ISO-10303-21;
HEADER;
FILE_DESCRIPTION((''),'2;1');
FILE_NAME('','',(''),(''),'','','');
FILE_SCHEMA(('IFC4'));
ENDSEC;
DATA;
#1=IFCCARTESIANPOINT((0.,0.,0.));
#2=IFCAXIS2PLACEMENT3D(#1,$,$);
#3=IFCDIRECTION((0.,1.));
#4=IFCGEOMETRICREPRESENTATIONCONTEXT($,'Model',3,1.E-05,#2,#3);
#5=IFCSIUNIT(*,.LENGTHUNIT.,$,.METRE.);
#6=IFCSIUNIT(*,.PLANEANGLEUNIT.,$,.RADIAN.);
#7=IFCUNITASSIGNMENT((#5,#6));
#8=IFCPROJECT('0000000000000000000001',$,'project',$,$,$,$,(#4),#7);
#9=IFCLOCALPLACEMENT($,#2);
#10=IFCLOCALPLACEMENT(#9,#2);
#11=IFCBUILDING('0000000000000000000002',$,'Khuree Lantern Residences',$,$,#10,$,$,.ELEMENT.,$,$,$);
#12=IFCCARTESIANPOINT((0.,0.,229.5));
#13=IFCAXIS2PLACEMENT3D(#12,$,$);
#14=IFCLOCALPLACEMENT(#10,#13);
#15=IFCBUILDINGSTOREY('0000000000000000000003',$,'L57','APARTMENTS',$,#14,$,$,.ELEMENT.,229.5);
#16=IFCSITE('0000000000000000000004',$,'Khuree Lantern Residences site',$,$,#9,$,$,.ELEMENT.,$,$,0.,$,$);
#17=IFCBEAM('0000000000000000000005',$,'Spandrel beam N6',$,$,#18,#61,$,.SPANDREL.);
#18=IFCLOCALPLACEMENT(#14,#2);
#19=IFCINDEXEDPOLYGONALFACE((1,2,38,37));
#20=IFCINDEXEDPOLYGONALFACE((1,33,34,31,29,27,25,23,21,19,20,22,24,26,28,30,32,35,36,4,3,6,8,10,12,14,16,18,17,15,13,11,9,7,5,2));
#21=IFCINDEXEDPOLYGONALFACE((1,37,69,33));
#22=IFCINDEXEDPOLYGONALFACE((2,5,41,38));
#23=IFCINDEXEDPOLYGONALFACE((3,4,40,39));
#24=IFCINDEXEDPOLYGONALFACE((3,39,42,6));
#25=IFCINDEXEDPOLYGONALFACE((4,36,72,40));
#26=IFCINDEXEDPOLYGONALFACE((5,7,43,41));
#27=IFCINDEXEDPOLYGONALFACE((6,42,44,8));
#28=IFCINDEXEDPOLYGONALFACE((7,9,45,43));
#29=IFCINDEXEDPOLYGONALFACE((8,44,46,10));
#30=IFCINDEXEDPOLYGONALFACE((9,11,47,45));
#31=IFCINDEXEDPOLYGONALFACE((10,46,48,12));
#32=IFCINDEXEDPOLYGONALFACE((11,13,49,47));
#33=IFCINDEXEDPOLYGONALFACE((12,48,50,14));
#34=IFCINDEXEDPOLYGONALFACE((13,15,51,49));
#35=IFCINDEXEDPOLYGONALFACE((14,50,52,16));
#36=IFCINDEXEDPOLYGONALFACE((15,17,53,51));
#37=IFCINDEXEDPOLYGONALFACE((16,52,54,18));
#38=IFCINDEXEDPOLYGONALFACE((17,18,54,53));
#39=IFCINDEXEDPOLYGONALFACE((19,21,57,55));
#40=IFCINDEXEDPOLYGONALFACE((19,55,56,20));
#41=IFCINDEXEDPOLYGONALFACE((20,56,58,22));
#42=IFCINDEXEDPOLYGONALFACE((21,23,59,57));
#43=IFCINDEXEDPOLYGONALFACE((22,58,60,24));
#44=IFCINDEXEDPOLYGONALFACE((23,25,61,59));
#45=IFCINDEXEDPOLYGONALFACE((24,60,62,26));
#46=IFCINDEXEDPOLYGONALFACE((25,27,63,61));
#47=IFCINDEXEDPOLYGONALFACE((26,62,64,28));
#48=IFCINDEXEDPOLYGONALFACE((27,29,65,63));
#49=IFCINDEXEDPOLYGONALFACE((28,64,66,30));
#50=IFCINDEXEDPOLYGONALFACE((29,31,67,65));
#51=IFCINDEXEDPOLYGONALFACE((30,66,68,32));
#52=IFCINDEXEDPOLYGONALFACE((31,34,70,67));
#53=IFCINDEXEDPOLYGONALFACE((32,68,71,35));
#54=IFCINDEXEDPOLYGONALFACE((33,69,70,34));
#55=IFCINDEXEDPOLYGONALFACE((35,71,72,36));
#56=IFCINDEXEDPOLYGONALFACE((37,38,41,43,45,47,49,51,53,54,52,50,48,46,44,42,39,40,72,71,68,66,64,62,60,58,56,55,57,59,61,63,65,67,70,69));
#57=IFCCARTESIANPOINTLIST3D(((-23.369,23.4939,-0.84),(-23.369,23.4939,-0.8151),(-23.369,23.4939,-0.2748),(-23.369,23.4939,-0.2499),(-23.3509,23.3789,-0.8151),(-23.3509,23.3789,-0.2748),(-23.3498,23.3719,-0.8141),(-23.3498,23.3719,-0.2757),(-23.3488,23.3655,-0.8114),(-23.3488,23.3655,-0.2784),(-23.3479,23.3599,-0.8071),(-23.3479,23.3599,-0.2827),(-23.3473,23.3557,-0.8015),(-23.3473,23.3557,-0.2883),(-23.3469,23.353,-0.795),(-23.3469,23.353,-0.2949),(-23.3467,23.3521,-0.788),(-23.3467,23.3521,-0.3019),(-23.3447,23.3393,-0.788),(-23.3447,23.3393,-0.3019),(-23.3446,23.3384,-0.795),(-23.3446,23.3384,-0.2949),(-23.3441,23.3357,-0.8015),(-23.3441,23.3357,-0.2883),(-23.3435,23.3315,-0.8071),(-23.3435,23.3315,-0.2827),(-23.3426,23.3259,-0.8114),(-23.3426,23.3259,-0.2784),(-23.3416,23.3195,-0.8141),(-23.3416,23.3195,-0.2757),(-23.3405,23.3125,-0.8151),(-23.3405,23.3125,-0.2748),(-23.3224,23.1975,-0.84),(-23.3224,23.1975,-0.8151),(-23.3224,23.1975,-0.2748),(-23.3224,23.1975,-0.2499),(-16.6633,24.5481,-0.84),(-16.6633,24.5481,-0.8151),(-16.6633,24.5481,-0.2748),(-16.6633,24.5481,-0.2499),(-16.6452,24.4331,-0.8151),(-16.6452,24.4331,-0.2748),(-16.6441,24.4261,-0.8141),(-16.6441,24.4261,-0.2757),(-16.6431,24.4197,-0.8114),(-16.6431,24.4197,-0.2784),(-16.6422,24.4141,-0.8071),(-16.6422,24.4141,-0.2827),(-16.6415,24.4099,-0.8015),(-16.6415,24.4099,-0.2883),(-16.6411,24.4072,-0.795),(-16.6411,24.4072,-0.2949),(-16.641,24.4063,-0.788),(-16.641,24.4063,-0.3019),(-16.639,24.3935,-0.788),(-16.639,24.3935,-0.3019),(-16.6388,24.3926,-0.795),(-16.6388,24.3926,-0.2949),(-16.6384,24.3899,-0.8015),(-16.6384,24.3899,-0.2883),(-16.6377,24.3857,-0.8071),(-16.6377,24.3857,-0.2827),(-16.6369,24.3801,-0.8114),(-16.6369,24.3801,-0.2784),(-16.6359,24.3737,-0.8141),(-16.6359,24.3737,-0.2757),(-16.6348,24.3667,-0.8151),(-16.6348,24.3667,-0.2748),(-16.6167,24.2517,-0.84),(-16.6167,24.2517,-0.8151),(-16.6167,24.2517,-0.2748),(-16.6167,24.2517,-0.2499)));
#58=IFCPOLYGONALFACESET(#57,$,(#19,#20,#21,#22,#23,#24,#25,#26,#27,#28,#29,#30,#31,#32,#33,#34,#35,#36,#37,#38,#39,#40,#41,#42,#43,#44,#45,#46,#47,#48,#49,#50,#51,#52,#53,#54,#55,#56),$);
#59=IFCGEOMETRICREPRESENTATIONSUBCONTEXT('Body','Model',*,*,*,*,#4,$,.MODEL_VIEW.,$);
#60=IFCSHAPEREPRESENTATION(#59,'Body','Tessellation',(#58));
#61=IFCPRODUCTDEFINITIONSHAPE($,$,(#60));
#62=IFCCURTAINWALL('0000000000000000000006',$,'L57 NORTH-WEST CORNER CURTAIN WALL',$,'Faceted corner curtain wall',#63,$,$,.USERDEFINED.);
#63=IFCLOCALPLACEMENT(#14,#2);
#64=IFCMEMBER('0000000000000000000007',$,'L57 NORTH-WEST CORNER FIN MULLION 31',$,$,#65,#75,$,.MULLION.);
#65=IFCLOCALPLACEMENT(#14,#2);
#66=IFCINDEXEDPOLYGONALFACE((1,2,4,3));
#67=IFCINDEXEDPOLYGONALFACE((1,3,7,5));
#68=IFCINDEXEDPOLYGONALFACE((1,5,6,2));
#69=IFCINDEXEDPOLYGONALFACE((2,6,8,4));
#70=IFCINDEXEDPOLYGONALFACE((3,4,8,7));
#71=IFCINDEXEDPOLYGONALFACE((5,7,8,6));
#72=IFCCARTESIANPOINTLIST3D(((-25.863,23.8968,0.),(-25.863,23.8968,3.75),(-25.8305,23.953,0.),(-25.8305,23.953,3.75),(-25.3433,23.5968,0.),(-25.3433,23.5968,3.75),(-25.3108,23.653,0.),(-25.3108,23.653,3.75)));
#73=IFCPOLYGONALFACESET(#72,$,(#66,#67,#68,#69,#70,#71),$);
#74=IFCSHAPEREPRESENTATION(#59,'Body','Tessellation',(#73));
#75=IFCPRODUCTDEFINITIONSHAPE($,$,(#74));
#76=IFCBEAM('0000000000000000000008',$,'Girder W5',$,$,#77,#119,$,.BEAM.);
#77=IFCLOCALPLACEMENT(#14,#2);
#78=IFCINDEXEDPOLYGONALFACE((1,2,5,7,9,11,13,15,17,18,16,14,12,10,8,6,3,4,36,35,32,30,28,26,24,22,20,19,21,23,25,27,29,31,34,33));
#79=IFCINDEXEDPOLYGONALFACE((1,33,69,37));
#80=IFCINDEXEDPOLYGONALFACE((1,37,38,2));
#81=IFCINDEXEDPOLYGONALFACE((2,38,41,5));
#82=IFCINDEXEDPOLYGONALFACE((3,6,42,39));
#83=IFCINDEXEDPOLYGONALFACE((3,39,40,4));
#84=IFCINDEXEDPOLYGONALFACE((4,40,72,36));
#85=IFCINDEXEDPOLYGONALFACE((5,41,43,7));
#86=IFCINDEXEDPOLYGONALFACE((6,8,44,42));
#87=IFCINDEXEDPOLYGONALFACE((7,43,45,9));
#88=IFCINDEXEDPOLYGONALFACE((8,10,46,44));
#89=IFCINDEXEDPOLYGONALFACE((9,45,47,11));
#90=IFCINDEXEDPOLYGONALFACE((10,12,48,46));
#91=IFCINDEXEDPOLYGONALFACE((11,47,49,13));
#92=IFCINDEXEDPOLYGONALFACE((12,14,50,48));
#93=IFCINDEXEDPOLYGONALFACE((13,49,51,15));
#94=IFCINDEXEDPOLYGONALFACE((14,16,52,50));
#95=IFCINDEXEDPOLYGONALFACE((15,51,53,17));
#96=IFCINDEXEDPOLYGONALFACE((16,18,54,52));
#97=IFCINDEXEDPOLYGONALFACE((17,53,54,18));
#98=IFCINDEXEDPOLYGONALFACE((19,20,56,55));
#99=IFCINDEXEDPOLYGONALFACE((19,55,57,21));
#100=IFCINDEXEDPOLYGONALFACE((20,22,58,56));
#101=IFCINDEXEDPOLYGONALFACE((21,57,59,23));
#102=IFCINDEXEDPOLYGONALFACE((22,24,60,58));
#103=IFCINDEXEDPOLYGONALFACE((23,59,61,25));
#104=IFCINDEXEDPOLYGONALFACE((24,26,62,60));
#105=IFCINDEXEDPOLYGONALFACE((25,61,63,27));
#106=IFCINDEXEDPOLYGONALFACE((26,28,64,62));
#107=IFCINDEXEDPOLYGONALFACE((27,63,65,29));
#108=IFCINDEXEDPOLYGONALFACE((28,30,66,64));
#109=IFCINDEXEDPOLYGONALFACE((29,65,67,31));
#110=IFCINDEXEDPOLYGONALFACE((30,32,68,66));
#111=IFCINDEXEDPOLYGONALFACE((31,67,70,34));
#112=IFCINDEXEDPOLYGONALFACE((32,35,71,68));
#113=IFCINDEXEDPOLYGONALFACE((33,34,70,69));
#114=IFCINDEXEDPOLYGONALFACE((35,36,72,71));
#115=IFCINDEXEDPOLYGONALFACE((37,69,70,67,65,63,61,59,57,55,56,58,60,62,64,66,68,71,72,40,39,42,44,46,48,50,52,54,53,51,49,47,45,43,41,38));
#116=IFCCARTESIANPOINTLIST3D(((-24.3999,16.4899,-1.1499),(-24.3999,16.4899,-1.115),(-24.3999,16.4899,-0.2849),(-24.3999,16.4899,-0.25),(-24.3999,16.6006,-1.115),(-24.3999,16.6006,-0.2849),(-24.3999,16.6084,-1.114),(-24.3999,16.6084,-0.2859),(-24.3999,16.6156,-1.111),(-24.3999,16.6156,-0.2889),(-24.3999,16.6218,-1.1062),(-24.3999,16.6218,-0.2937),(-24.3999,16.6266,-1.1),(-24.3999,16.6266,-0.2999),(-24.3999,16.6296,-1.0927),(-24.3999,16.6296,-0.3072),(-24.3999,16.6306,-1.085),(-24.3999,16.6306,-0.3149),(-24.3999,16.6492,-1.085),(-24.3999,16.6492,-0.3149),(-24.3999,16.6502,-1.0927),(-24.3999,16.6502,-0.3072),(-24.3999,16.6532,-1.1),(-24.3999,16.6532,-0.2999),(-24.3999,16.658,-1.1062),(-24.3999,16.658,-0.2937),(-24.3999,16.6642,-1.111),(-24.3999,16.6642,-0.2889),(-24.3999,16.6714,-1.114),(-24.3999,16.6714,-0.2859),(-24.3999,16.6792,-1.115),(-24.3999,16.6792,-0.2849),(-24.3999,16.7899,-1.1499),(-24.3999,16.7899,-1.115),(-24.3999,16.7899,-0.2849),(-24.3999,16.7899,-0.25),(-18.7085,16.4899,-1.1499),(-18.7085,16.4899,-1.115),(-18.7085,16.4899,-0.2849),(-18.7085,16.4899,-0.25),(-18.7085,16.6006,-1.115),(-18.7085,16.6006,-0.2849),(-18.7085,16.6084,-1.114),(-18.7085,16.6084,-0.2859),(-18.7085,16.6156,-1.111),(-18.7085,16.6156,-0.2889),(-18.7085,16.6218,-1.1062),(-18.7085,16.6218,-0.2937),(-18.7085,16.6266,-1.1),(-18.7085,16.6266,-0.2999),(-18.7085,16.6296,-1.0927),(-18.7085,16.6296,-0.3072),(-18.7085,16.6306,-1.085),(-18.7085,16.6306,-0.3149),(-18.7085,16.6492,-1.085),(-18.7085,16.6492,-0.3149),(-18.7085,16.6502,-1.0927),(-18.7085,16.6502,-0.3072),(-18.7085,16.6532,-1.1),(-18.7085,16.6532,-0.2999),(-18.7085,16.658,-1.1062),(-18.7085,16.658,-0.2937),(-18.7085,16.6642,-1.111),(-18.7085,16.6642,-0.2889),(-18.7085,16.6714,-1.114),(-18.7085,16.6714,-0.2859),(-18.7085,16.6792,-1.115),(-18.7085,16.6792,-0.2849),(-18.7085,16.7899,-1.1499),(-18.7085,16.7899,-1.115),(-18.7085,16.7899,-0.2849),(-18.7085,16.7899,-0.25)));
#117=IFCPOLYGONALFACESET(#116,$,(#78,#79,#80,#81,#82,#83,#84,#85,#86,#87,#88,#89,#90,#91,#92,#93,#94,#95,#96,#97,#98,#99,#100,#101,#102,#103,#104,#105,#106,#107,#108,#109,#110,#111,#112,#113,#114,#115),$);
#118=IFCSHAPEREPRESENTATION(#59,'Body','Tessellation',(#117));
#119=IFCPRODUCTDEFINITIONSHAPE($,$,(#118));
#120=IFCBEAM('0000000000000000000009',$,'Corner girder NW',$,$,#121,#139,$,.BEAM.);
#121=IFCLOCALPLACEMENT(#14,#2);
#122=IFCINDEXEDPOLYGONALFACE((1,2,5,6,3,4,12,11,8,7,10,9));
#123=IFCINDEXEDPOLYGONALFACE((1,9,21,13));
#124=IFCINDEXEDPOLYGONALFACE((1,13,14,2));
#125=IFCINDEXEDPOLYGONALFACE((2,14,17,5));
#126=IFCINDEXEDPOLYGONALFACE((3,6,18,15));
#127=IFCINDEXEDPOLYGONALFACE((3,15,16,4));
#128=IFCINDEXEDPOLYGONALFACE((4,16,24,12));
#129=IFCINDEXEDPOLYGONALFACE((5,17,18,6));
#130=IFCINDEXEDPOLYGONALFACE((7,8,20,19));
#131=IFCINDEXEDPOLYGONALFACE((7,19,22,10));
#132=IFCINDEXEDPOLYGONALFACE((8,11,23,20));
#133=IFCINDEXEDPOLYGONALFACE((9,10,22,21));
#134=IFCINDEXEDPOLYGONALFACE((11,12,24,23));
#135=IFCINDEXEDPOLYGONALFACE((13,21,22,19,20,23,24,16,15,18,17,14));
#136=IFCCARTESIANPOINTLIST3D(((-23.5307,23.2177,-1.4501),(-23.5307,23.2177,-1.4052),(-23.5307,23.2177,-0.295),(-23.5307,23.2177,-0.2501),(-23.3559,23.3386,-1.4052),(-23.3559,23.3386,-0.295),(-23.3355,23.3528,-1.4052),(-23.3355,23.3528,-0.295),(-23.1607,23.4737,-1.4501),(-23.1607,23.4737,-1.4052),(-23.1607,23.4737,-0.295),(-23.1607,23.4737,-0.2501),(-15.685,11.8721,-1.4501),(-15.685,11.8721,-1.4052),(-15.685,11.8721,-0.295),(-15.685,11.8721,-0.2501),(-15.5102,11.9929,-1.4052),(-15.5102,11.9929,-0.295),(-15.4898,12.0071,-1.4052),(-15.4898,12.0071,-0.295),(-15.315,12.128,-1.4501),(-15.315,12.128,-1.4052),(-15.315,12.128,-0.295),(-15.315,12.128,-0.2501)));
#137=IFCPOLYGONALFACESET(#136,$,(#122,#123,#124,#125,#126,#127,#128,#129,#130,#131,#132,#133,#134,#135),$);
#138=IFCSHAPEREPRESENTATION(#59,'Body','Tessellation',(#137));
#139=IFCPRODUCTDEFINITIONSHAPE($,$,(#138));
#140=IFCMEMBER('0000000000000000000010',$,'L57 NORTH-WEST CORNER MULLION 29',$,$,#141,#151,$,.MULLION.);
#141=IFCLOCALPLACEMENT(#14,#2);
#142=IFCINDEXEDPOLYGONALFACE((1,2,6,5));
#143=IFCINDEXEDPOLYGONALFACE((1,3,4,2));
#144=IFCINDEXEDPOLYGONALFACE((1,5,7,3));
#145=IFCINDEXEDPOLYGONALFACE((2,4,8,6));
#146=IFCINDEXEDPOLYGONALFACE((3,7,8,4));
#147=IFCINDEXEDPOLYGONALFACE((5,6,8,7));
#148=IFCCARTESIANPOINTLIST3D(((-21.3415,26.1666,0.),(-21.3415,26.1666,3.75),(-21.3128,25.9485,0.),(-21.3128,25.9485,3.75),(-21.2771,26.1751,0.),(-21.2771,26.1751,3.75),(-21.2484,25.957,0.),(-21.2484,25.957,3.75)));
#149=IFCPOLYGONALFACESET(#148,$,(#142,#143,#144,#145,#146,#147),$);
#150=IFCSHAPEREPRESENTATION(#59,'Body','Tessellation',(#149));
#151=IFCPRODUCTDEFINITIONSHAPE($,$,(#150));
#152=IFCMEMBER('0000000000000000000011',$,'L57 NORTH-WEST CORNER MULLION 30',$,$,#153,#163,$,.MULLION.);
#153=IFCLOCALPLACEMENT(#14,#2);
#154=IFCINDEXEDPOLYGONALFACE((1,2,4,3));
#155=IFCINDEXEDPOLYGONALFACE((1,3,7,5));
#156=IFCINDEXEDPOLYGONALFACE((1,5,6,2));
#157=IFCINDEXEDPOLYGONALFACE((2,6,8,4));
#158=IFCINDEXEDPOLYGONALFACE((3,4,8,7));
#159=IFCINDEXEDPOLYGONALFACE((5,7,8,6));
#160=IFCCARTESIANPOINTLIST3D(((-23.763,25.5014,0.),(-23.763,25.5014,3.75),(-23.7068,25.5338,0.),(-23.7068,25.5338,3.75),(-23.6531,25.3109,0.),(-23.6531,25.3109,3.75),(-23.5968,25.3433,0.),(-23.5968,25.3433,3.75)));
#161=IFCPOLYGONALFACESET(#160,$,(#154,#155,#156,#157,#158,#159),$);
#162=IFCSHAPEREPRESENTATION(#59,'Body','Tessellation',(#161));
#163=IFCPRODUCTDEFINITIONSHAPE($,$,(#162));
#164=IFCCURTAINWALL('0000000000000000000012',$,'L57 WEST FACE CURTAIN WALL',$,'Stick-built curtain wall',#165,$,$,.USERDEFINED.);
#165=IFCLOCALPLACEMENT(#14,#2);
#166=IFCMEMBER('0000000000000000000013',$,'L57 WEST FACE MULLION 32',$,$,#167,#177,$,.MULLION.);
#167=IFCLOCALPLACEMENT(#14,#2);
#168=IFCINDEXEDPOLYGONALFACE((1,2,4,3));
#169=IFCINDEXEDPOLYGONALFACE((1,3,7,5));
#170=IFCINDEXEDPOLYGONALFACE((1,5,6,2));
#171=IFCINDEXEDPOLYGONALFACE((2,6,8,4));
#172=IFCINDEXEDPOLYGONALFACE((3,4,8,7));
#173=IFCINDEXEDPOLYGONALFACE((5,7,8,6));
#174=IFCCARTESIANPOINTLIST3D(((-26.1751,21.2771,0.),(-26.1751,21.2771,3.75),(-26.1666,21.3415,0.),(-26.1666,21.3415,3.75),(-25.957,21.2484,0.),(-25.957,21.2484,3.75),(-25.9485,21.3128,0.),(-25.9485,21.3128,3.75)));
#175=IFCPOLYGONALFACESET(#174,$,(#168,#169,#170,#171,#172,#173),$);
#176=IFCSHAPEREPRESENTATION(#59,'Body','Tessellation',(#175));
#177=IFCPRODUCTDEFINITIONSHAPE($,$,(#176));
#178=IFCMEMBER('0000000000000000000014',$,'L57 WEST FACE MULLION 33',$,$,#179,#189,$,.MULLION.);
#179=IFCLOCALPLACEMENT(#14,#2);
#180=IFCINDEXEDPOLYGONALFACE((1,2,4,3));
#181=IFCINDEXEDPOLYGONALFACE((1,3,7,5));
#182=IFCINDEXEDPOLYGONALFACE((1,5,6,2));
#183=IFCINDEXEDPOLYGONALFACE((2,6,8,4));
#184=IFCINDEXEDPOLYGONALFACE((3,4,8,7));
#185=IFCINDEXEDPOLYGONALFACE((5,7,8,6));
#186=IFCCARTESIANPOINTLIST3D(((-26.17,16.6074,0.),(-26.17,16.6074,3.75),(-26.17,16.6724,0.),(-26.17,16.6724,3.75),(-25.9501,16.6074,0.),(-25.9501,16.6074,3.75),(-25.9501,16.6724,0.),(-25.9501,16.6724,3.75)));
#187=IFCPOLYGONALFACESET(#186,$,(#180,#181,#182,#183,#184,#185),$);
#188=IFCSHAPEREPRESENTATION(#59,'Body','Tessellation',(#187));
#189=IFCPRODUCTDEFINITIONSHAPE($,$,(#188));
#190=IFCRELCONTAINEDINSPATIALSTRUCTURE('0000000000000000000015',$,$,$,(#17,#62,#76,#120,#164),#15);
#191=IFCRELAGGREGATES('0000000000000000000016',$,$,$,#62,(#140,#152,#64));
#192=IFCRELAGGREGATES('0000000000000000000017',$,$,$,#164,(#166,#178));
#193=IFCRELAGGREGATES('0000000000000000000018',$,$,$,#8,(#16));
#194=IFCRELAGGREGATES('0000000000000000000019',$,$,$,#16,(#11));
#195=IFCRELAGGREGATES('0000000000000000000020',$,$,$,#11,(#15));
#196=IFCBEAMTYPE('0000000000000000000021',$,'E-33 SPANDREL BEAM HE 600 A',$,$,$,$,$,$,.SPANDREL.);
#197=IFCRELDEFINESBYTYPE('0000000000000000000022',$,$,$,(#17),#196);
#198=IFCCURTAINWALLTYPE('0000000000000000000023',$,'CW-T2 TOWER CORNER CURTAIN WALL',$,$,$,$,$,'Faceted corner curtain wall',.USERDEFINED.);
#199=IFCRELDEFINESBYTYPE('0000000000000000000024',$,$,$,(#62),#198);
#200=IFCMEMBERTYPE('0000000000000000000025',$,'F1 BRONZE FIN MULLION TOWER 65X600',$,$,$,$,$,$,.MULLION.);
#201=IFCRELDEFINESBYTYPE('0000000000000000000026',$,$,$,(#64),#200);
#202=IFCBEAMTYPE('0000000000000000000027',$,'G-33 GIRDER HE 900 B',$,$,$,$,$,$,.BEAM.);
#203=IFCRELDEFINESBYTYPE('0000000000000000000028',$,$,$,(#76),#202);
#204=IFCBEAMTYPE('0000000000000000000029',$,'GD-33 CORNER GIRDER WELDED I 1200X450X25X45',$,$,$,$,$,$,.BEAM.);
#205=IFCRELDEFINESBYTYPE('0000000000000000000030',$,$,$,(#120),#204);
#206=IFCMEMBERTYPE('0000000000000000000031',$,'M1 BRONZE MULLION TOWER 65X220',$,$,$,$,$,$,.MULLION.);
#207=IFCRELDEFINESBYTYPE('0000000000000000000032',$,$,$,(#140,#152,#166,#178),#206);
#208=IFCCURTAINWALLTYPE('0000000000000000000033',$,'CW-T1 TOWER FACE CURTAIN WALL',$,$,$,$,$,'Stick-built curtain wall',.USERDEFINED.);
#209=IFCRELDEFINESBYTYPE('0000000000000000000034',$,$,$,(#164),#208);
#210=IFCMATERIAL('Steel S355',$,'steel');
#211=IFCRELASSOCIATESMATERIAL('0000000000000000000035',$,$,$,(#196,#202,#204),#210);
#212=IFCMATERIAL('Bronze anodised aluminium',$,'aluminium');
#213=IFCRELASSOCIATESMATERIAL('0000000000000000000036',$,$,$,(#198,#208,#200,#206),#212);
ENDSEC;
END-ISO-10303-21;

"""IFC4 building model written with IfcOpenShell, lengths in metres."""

from ifc_helpers import new_model, si_unit, direction, frame, origin, origin_2d, place, context, subcontext, project, spatial, rectangle, i_section, extrude, material, material_profile, profile_set, type_object, element, aggregate, save


model = new_model("IFC4")

# Units and contexts
model_context = context("Model", 3, precision=1e-05, world=origin(), true_north=direction((0.0, 1.0)))
body_context = subcontext(model_context, "Body", "Model", "MODEL_VIEW")
ifc_project = project(units=[si_unit("LENGTHUNIT", "METRE"), si_unit("PLANEANGLEUNIT", "RADIAN")], contexts=[model_context])

# Site, building, storey
site_placement = place(None, origin())
site = spatial("IfcSite", under=ifc_project, at=site_placement, Name="Khuree Lantern Residences site", CompositionType="ELEMENT", RefElevation=0.0)
building_placement = place(site_placement, origin())
building = spatial("IfcBuilding", under=site, at=building_placement, Name="Khuree Lantern Residences", CompositionType="ELEMENT")
storey_placement = place(building_placement, frame((0.0, 0.0, 229.5)))
storey = spatial("IfcBuildingStorey", under=building, at=storey_placement, Name="L57", Description="APARTMENTS", CompositionType="ELEMENT", Elevation=229.5)

# Beam
ifc_material_1 = material(Name="Steel S355", Category="steel")
ifc_material_profile_1 = material_profile(ifc_material_1, i_section(OverallWidth=0.3, OverallDepth=0.5901, WebThickness=0.0129, FlangeThickness=0.0249, FilletRadius=0.0271, at=origin_2d()), Name="HE 600 A")
ifc_profile_set_1 = profile_set([ifc_material_profile_1], Name="Steel S355")
beam_type_1 = type_object("IfcBeamType", Name="E-33 SPANDREL BEAM HE 600 A", PredefinedType="SPANDREL", material=ifc_profile_set_1)
for number, where, z_axis, x_axis, name in (
    (1, (-23.3457, 23.3457, -0.5449), (0.987867, 0.1553, 0.0), (-0.1553, 0.987867, 0.0), "Spandrel beam N6"),
):
    element("IfcBeam", number, at=place(storey_placement, frame(where, z_axis=z_axis, x_axis=x_axis)), inside=storey, type_object=beam_type_1, Name=name, PredefinedType="SPANDREL", context=body_context, shape_type="SweptSolid", body=[
        extrude(i_section(OverallWidth=0.3, OverallDepth=0.5901, WebThickness=0.0129, FlangeThickness=0.0249, FilletRadius=0.0271, at=origin_2d()), origin(), (0.0, 0.0, 1.0), 6.7881),
    ])

# Curtain wall, member
ifc_material_2 = material(Name="Bronze anodised aluminium", Category="aluminium")
curtain_wall_type_1 = type_object("IfcCurtainWallType", Name="CW-T2 TOWER CORNER CURTAIN WALL", ElementType="Faceted corner curtain wall", PredefinedType="USERDEFINED", material=ifc_material_2)
curtain_wall_1_placement = place(storey_placement, origin())
curtain_wall_1 = element("IfcCurtainWall", 2, at=curtain_wall_1_placement, inside=storey, type_object=curtain_wall_type_1, Name="L57 NORTH-WEST CORNER CURTAIN WALL", ObjectType="Faceted corner curtain wall", PredefinedType="USERDEFINED")
ifc_material_profile_2 = material_profile(ifc_material_2, rectangle(XDim=0.0649, YDim=0.6001, at=origin_2d()), Name="F1 65X600")
ifc_profile_set_2 = profile_set([ifc_material_profile_2], Name="Bronze anodised aluminium")
member_type_1 = type_object("IfcMemberType", Name="F1 BRONZE FIN MULLION TOWER 65X600", PredefinedType="MULLION", material=ifc_profile_set_2)
member_1_placement = place(storey_placement, frame((-25.5869, 23.7749, 0.0), z_axis=(0.0, 0.0, 1.0), x_axis=(-0.5, -0.866025, 0.0)))
member_1 = element("IfcMember", 3, at=member_1_placement, type_object=member_type_1, Name="L57 NORTH-WEST CORNER FIN MULLION 31", PredefinedType="MULLION", context=body_context, shape_type="SweptSolid", body=[
    extrude(rectangle(XDim=0.0649, YDim=0.6001, at=origin_2d()), origin(), (0.0, 0.0, 1.0), 3.75),
])

# Beams
ifc_material_profile_3 = material_profile(ifc_material_1, i_section(OverallWidth=0.3, OverallDepth=0.8999, WebThickness=0.0186, FlangeThickness=0.0349, FilletRadius=0.03, at=origin_2d()), Name="HE 900 B")
ifc_profile_set_3 = profile_set([ifc_material_profile_3], Name="Steel S355")
beam_type_2 = type_object("IfcBeamType", Name="G-33 GIRDER HE 900 B", PredefinedType="BEAM", material=ifc_profile_set_3)
beam_1_placement = place(storey_placement, frame((-24.3999, 16.6399, -0.7), z_axis=(1.0, 0.0, 0.0), x_axis=(0.0, 1.0, 0.0)))
element("IfcBeam", 4, at=beam_1_placement, inside=storey, type_object=beam_type_2, Name="Girder W5", PredefinedType="BEAM", context=body_context, shape_type="SweptSolid", body=[
    extrude(i_section(OverallWidth=0.3, OverallDepth=0.8999, WebThickness=0.0186, FlangeThickness=0.0349, FilletRadius=0.03, at=origin_2d()), origin(), (0.0, 0.0, 1.0), 5.6914),
])
ifc_material_profile_4 = material_profile(ifc_material_1, i_section(OverallWidth=0.45, OverallDepth=1.2, WebThickness=0.0249, FlangeThickness=0.0449, at=origin_2d()), Name="WELDED I 1200X450X25X45")
ifc_profile_set_4 = profile_set([ifc_material_profile_4], Name="Steel S355")
beam_type_3 = type_object("IfcBeamType", Name="GD-33 CORNER GIRDER WELDED I 1200X450X25X45", PredefinedType="BEAM", material=ifc_profile_set_4)
beam_2_placement = place(storey_placement, frame((-23.3457, 23.3457, -0.8501), z_axis=(0.568768, -0.822498, 0.0), x_axis=(0.822498, 0.568768, 0.0)))
element("IfcBeam", 5, at=beam_2_placement, inside=storey, type_object=beam_type_3, Name="Corner girder NW", PredefinedType="BEAM", context=body_context, shape_type="SweptSolid", body=[
    extrude(i_section(OverallWidth=0.45, OverallDepth=1.2, WebThickness=0.0249, FlangeThickness=0.0449, at=origin_2d()), origin(), (0.0, 0.0, 1.0), 13.7942),
])

# Members
ifc_material_profile_5 = material_profile(ifc_material_2, rectangle(XDim=0.0649, YDim=0.22, at=origin_2d()), Name="M1 65X220")
ifc_profile_set_5 = profile_set([ifc_material_profile_5], Name="Bronze anodised aluminium")
member_type_2 = type_object("IfcMemberType", Name="M1 BRONZE MULLION TOWER 65X220", PredefinedType="MULLION", material=ifc_profile_set_5)
member_2_placement = place(storey_placement, frame((-21.2949, 26.0618, 0.0), z_axis=(0.0, 0.0, 1.0), x_axis=(-0.991445, -0.130526, 0.0)))
member_2 = element("IfcMember", 6, at=member_2_placement, type_object=member_type_2, Name="L57 NORTH-WEST CORNER MULLION 29", PredefinedType="MULLION", context=body_context, shape_type="SweptSolid", body=[
    extrude(rectangle(XDim=0.0649, YDim=0.22, at=origin_2d()), origin(), (0.0, 0.0, 1.0), 3.75),
])
member_3_placement = place(storey_placement, frame((-23.6799, 25.4224, 0.0), z_axis=(0.0, 0.0, 1.0), x_axis=(-0.866025, -0.5, 0.0)))
member_3 = element("IfcMember", 7, at=member_3_placement, type_object=member_type_2, Name="L57 NORTH-WEST CORNER MULLION 30", PredefinedType="MULLION", context=body_context, shape_type="SweptSolid", body=[
    extrude(rectangle(XDim=0.0649, YDim=0.22, at=origin_2d()), origin(), (0.0, 0.0, 1.0), 3.75),
])

# Curtain wall, members
curtain_wall_type_2 = type_object("IfcCurtainWallType", Name="CW-T1 TOWER FACE CURTAIN WALL", ElementType="Stick-built curtain wall", PredefinedType="USERDEFINED", material=ifc_material_2)
curtain_wall_2_placement = place(storey_placement, origin())
curtain_wall_2 = element("IfcCurtainWall", 8, at=curtain_wall_2_placement, inside=storey, type_object=curtain_wall_type_2, Name="L57 WEST FACE CURTAIN WALL", ObjectType="Stick-built curtain wall", PredefinedType="USERDEFINED")
member_4_placement = place(storey_placement, frame((-26.0618, 21.2949, 0.0), z_axis=(0.0, 0.0, 1.0), x_axis=(-0.130526, -0.991445, 0.0)))
member_4 = element("IfcMember", 9, at=member_4_placement, type_object=member_type_2, Name="L57 WEST FACE MULLION 32", PredefinedType="MULLION", context=body_context, shape_type="SweptSolid", body=[
    extrude(rectangle(XDim=0.0649, YDim=0.22, at=origin_2d()), origin(), (0.0, 0.0, 1.0), 3.75),
])
member_5_placement = place(storey_placement, frame((-26.0601, 16.6399, 0.0), z_axis=(0.0, 0.0, 1.0), x_axis=(0.0, -1.0, 0.0)))
member_5 = element("IfcMember", 10, at=member_5_placement, type_object=member_type_2, Name="L57 WEST FACE MULLION 33", PredefinedType="MULLION", context=body_context, shape_type="SweptSolid", body=[
    extrude(rectangle(XDim=0.0649, YDim=0.22, at=origin_2d()), origin(), (0.0, 0.0, 1.0), 3.75),
])

aggregate(curtain_wall_1, [member_2, member_3, member_1])

aggregate(curtain_wall_2, [member_4, member_5])

save(model, "model.ifc")
